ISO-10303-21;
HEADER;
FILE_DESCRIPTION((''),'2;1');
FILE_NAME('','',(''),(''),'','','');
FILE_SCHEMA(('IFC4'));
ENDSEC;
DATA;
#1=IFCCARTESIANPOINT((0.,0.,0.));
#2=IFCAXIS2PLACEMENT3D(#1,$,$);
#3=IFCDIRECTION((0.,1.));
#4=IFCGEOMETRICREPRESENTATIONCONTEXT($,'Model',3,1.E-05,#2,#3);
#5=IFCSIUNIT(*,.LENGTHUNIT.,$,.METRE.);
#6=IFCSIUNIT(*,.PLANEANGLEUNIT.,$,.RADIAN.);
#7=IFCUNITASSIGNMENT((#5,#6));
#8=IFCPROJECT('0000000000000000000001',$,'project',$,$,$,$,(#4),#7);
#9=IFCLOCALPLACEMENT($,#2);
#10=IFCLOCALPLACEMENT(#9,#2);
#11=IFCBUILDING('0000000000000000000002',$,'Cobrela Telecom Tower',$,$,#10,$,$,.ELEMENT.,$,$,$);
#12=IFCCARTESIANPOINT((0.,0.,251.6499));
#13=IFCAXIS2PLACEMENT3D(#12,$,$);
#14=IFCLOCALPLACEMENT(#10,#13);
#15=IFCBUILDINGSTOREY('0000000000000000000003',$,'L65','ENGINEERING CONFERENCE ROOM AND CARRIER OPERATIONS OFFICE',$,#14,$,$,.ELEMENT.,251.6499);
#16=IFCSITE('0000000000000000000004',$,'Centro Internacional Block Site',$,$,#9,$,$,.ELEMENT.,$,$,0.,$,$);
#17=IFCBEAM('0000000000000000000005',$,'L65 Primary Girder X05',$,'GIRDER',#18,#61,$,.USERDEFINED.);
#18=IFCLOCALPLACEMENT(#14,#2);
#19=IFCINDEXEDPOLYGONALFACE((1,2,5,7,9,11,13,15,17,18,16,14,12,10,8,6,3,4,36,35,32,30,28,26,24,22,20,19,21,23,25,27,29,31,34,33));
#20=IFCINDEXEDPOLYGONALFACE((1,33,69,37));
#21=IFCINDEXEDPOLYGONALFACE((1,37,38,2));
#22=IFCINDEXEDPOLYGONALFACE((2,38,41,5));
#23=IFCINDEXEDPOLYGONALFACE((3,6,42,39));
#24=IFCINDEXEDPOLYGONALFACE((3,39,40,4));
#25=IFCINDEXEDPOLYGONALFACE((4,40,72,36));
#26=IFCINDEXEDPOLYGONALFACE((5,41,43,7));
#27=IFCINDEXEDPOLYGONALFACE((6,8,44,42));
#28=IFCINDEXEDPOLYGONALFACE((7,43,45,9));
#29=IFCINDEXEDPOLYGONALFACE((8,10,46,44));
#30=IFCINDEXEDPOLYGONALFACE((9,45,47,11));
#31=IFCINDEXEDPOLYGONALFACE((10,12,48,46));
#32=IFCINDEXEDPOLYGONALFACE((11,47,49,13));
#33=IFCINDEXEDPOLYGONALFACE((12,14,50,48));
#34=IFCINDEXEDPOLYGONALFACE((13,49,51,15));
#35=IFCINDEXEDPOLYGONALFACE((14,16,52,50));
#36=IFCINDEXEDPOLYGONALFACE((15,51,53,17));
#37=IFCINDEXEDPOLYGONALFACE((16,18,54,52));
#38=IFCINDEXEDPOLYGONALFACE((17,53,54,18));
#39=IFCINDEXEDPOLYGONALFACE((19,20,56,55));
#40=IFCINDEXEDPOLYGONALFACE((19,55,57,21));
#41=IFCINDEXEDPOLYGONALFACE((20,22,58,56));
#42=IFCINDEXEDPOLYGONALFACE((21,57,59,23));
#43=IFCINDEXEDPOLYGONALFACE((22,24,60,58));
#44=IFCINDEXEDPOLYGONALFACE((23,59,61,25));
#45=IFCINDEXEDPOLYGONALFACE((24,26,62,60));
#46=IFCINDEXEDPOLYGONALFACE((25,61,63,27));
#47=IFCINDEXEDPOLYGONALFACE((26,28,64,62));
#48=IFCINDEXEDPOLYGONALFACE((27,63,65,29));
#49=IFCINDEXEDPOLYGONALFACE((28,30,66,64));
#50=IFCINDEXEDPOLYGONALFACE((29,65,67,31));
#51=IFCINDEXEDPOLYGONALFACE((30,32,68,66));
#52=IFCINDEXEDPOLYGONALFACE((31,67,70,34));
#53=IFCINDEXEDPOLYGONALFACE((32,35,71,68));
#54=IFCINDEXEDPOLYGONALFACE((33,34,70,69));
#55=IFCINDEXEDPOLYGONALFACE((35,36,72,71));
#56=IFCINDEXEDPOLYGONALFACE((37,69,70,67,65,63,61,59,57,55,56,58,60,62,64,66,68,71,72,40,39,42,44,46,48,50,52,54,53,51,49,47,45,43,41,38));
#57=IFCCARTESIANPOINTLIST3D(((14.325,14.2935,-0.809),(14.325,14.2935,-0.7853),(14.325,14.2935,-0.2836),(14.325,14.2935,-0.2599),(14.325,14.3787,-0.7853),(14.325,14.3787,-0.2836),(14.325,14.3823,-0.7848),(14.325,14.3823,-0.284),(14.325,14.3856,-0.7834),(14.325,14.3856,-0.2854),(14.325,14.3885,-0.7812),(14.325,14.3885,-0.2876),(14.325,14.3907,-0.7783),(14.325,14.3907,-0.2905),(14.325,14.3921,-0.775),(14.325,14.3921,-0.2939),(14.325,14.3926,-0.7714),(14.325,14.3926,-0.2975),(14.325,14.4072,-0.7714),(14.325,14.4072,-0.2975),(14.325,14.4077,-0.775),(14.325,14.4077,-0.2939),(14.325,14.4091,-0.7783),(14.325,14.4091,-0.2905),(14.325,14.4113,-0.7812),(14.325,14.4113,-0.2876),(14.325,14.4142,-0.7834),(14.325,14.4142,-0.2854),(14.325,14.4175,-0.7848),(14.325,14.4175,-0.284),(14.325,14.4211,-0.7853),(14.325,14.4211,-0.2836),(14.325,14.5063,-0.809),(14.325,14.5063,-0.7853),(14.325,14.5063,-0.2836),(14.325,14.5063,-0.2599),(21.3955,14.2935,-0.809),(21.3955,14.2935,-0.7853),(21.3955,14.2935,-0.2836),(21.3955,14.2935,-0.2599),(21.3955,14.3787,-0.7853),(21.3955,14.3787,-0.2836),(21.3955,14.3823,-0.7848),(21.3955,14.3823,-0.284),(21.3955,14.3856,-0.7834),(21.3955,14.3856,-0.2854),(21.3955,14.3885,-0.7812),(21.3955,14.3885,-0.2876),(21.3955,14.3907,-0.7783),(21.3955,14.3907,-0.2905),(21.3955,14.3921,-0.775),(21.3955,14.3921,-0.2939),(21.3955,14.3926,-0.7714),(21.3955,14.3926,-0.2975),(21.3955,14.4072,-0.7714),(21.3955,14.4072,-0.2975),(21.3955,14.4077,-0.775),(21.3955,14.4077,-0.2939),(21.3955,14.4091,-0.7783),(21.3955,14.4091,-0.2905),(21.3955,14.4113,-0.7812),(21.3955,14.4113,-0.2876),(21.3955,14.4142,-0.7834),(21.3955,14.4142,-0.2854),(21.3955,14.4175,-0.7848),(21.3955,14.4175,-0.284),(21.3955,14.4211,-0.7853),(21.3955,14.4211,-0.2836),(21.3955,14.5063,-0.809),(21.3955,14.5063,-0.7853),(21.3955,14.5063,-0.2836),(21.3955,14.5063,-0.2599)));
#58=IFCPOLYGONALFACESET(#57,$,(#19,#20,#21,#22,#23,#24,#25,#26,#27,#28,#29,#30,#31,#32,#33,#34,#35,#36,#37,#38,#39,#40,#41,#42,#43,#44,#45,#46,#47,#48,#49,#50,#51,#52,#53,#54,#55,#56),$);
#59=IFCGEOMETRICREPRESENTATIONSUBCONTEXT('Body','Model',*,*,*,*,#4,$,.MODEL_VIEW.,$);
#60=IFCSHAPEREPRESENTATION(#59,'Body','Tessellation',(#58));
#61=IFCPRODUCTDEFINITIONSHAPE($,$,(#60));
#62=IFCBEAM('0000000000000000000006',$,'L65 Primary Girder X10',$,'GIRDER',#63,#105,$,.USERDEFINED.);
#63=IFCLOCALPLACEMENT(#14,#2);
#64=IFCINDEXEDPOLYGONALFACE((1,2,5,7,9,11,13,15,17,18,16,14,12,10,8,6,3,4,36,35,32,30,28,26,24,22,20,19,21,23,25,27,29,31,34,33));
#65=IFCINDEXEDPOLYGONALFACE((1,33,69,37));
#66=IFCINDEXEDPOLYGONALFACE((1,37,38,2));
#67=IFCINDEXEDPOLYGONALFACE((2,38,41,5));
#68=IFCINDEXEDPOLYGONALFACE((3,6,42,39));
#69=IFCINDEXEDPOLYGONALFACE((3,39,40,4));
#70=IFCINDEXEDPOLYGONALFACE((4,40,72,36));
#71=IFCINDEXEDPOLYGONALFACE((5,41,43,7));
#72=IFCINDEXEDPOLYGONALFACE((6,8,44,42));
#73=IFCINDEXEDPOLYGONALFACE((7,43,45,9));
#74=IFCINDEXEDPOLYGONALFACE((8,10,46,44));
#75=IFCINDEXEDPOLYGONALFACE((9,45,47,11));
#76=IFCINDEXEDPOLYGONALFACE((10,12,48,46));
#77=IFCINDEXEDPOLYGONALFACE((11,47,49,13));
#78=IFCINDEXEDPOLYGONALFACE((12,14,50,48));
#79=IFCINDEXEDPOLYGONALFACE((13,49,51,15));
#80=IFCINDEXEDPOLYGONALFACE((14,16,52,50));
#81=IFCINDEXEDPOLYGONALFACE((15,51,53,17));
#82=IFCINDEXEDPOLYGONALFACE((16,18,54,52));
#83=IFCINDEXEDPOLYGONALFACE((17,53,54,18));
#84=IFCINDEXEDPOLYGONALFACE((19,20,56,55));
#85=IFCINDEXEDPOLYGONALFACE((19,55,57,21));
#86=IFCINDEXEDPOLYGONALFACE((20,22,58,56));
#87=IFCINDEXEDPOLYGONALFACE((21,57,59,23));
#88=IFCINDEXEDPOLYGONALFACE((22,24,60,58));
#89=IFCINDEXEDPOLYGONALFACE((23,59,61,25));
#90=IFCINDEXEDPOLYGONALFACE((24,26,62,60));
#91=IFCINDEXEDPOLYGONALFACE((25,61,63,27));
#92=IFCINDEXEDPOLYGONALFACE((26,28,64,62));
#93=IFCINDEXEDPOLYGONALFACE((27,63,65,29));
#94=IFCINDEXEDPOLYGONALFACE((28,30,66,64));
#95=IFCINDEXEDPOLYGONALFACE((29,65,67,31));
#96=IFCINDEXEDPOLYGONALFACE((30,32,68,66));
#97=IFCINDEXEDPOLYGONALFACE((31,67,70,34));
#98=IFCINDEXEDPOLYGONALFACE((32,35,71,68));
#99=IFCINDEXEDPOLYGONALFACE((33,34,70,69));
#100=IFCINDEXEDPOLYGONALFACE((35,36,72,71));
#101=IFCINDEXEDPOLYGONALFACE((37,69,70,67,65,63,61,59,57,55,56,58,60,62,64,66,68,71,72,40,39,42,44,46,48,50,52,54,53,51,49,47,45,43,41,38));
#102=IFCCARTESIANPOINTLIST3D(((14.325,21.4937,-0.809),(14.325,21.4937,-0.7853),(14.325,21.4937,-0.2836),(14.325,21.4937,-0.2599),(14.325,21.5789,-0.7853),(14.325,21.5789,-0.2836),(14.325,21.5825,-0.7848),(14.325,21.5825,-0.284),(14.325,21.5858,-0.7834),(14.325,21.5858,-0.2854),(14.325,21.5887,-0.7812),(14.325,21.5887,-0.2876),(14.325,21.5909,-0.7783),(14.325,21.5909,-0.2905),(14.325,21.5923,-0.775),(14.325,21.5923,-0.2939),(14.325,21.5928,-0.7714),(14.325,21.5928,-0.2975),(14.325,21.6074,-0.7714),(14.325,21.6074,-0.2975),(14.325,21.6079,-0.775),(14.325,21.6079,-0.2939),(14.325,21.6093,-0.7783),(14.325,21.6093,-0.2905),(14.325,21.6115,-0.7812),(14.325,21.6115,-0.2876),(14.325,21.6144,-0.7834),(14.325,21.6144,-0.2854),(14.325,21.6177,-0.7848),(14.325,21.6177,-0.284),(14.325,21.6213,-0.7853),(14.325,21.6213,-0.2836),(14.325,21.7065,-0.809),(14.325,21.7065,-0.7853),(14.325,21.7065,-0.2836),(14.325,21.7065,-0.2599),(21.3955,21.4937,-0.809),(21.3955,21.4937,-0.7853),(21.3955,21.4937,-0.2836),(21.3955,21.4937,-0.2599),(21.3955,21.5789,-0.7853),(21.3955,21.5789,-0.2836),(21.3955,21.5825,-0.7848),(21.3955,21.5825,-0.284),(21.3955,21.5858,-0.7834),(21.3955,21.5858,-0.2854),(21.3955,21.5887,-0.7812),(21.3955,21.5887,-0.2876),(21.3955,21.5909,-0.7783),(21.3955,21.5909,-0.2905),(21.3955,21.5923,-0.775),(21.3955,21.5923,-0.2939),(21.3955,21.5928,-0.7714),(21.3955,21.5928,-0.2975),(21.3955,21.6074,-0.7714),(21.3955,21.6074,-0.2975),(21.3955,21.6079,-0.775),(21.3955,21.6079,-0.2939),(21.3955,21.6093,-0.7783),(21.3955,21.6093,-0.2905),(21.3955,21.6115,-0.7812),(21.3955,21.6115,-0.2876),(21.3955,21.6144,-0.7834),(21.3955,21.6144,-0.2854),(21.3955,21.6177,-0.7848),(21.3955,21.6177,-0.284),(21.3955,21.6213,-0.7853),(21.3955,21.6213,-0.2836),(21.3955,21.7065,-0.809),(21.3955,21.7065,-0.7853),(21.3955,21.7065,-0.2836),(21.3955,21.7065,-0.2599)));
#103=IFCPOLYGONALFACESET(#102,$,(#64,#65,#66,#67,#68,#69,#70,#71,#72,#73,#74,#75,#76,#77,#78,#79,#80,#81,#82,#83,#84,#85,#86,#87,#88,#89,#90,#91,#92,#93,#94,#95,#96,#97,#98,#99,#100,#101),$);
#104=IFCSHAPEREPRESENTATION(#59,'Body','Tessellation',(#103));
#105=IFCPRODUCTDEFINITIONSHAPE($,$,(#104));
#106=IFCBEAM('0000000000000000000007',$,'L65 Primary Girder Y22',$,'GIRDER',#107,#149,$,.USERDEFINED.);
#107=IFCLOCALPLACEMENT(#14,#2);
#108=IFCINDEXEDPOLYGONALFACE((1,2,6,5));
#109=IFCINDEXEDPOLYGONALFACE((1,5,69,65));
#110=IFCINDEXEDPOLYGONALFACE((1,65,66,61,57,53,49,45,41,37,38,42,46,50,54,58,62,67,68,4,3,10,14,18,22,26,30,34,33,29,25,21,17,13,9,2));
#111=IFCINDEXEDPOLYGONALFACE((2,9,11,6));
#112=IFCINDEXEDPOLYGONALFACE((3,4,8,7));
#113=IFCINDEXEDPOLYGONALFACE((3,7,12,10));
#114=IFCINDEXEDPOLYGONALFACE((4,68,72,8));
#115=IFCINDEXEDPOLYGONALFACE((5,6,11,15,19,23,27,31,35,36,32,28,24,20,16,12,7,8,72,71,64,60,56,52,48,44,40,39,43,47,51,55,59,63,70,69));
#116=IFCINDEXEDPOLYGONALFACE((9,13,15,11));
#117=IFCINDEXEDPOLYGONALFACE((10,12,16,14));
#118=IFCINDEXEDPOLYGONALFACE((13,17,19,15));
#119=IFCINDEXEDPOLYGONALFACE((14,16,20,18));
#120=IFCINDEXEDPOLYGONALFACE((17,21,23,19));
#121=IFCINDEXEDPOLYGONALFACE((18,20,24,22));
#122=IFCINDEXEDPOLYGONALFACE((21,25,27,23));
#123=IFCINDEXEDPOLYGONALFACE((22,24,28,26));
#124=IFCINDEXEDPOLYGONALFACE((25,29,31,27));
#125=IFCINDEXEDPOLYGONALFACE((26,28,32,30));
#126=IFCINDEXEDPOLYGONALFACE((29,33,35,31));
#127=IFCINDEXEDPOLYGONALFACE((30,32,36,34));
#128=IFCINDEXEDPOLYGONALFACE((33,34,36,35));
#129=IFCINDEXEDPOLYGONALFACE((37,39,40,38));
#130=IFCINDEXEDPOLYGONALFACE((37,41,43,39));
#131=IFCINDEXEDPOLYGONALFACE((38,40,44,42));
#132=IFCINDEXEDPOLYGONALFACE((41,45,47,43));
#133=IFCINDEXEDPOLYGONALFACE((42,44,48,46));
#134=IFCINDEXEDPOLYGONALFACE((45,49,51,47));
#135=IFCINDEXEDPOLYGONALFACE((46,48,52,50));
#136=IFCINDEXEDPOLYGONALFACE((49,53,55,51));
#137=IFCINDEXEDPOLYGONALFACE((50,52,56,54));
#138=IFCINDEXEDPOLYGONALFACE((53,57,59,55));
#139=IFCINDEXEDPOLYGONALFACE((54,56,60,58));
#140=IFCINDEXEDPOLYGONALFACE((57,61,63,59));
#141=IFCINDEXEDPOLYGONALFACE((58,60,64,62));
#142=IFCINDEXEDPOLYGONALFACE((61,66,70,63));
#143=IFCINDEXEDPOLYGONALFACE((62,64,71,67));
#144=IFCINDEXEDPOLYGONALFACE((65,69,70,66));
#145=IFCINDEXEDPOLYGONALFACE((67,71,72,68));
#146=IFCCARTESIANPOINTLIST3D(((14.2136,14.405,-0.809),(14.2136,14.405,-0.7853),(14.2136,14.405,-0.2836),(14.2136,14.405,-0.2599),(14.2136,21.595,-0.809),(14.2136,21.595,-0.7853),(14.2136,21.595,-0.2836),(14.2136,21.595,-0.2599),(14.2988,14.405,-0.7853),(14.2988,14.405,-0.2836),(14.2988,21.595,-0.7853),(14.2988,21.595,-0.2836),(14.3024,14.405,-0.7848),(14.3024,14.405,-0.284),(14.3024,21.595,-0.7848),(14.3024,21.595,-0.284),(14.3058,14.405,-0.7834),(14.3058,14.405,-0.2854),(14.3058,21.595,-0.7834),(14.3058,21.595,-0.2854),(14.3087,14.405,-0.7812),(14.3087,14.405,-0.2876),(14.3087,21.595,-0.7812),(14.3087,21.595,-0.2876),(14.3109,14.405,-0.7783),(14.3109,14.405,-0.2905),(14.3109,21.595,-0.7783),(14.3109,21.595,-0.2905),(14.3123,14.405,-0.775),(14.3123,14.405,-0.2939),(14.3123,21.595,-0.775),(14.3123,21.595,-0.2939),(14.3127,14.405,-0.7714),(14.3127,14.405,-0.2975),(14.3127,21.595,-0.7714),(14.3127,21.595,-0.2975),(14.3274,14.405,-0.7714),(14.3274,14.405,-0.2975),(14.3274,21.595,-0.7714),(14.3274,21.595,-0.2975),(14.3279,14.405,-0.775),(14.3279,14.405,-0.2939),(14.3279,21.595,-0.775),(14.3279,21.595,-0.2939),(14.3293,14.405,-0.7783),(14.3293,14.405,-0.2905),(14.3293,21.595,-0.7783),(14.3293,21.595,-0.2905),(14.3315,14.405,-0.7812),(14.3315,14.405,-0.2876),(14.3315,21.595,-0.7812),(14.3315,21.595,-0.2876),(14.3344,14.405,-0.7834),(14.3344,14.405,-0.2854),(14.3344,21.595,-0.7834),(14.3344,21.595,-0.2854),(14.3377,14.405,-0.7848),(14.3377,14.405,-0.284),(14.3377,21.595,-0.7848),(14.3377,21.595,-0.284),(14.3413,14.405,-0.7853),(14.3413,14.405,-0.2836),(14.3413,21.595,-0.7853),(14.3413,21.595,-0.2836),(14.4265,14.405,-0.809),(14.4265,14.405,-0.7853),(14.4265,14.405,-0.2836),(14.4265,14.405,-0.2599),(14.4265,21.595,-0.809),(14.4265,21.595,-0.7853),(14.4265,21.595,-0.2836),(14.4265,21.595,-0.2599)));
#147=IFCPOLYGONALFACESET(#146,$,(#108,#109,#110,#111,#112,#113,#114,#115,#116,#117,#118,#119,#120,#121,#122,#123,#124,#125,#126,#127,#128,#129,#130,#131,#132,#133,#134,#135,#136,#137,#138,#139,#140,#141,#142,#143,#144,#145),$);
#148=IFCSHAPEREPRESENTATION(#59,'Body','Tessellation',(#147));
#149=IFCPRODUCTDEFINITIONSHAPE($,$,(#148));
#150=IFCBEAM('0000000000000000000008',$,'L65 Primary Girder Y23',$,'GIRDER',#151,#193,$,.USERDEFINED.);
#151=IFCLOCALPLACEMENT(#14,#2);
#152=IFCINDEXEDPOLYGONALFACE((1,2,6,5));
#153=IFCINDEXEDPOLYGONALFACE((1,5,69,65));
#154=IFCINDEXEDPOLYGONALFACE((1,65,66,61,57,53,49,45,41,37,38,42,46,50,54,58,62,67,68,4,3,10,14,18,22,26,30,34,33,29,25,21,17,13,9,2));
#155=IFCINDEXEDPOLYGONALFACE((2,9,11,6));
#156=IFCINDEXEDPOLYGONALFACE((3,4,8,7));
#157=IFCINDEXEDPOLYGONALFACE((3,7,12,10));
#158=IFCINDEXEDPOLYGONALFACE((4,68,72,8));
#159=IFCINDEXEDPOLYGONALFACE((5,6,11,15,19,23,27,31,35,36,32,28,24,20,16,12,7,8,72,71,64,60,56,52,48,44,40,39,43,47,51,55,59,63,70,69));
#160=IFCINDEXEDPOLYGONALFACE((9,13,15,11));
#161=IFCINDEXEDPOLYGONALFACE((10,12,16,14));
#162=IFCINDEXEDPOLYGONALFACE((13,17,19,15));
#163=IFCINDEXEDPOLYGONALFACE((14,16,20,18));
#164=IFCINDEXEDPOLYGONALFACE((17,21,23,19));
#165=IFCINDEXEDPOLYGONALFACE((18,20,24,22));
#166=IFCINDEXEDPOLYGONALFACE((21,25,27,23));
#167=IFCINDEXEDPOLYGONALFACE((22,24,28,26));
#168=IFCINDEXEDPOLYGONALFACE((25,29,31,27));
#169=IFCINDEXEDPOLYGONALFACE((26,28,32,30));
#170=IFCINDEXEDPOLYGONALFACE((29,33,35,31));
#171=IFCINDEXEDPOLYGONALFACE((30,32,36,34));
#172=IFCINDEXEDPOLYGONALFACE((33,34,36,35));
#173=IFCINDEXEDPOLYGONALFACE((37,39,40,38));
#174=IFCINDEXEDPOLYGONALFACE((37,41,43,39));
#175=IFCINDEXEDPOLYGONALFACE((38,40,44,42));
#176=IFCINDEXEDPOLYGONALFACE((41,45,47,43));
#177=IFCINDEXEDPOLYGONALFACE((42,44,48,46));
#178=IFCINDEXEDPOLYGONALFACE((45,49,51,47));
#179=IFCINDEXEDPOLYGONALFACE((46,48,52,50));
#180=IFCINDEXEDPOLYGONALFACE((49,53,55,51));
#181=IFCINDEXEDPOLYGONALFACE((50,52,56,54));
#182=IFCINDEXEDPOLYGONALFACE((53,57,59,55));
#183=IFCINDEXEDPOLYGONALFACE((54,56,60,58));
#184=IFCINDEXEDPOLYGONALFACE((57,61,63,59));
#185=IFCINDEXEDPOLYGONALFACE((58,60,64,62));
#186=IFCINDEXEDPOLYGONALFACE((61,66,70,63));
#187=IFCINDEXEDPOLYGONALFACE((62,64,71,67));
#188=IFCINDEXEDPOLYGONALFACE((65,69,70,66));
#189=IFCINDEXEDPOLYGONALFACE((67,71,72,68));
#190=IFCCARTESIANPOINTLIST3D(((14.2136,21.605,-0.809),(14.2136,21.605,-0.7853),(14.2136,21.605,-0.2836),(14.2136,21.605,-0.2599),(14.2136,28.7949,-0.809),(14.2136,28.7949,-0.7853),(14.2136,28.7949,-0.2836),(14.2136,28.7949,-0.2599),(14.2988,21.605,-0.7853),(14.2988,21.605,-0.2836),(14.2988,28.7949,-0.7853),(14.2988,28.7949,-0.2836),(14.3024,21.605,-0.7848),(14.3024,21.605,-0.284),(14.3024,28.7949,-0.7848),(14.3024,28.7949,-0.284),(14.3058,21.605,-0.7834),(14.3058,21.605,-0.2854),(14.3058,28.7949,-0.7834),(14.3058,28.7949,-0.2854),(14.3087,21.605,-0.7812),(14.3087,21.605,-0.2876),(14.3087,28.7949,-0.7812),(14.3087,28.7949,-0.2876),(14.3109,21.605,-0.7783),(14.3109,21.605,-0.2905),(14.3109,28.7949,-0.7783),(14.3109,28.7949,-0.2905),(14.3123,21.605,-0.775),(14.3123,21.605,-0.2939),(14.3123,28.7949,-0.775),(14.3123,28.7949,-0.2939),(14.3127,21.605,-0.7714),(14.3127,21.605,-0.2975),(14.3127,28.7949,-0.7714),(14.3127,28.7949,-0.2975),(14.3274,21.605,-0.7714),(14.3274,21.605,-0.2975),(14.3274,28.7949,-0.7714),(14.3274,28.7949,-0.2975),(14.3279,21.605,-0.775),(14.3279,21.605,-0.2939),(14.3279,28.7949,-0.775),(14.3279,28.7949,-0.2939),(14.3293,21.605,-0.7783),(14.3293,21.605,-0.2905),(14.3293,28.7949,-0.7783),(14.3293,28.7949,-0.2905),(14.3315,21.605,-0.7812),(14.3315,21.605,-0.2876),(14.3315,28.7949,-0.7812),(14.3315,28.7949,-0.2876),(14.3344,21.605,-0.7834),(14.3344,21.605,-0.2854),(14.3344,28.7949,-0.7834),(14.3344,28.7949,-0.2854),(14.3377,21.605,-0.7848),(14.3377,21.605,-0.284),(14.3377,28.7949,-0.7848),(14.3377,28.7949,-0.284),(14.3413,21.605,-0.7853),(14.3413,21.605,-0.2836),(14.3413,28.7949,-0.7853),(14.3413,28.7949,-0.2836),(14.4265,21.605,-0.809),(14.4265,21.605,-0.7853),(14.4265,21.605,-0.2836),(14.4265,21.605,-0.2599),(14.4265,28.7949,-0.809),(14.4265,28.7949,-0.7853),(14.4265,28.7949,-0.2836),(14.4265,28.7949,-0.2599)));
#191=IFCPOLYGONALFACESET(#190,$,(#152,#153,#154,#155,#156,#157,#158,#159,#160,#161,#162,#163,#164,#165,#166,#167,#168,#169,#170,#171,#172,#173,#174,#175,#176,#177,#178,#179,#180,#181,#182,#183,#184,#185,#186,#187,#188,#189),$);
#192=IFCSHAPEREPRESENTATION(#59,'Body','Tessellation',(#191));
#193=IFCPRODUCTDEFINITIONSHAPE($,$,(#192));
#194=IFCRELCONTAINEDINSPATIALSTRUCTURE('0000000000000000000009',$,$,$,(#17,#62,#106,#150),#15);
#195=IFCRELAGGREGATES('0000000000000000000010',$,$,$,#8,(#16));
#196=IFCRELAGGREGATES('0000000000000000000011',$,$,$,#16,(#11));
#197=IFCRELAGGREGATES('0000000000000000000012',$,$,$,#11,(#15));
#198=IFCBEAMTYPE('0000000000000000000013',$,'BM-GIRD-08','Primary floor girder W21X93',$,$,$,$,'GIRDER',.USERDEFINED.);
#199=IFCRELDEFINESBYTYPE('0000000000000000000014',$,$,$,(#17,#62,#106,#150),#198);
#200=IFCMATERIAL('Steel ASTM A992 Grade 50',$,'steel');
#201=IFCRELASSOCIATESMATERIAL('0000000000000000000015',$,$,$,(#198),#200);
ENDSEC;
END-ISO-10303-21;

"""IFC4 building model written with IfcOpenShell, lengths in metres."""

from ifc_helpers import new_model, si_unit, direction, frame, origin, origin_2d, place, context, subcontext, project, spatial, i_section, extrude, material, material_profile, profile_set, type_object, element, save


model = new_model("IFC4")

# Units and contexts
model_context = context("Model", 3, precision=1e-05, world=origin(), true_north=direction((0.0, 1.0)))
body_context = subcontext(model_context, "Body", "Model", "MODEL_VIEW")
ifc_project = project(units=[si_unit("LENGTHUNIT", "METRE"), si_unit("PLANEANGLEUNIT", "RADIAN")], contexts=[model_context])

# Site, building, storey
site_placement = place(None, origin())
site = spatial("IfcSite", under=ifc_project, at=site_placement, Name="Centro Internacional Block Site", CompositionType="ELEMENT", RefElevation=0.0)
building_placement = place(site_placement, origin())
building = spatial("IfcBuilding", under=site, at=building_placement, Name="Cobrela Telecom Tower", CompositionType="ELEMENT")
storey_placement = place(building_placement, frame((0.0, 0.0, 251.6499)))
storey = spatial("IfcBuildingStorey", under=building, at=storey_placement, Name="L65", Description="ENGINEERING CONFERENCE ROOM AND CARRIER OPERATIONS OFFICE", CompositionType="ELEMENT", Elevation=251.6499)

# Beams
ifc_material_1 = material(Name="Steel ASTM A992 Grade 50", Category="steel")
ifc_material_profile_1 = material_profile(ifc_material_1, i_section(OverallWidth=0.2129, OverallDepth=0.5491, WebThickness=0.0146, FlangeThickness=0.0237, FilletRadius=0.0139, at=origin_2d()), Name="W21X93")
ifc_profile_set_1 = profile_set([ifc_material_profile_1], Name="Steel ASTM A992 Grade 50")
beam_type_1 = type_object("IfcBeamType", Name="BM-GIRD-08", Description="Primary floor girder W21X93", ElementType="GIRDER", PredefinedType="USERDEFINED", material=ifc_profile_set_1)
for number, where, z_axis, x_axis, name in (
    (1, (14.325, 14.3999, -0.5344), (1.0, 0.0, 0.0), (0.0, 1.0, 0.0), "L65 Primary Girder X05"),
    (2, (14.325, 21.6001, -0.5344), (1.0, 0.0, 0.0), (0.0, 1.0, 0.0), "L65 Primary Girder X10"),
):
    element("IfcBeam", number, at=place(storey_placement, frame(where, z_axis=z_axis, x_axis=x_axis)), inside=storey, type_object=beam_type_1, Name=name, ObjectType="GIRDER", PredefinedType="USERDEFINED", context=body_context, shape_type="SweptSolid", body=[
        extrude(i_section(OverallWidth=0.2129, OverallDepth=0.5491, WebThickness=0.0146, FlangeThickness=0.0237, FilletRadius=0.0139, at=origin_2d()), origin(), (0.0, 0.0, 1.0), 7.0706),
    ])
for number, where, z_axis, x_axis, name in (
    (3, (14.3201, 14.405, -0.5344), (0.0, 1.0, 0.0), (-1.0, 0.0, 0.0), "L65 Primary Girder Y22"),
    (4, (14.3201, 21.605, -0.5344), (0.0, 1.0, 0.0), (-1.0, 0.0, 0.0), "L65 Primary Girder Y23"),
):
    element("IfcBeam", number, at=place(storey_placement, frame(where, z_axis=z_axis, x_axis=x_axis)), inside=storey, type_object=beam_type_1, Name=name, ObjectType="GIRDER", PredefinedType="USERDEFINED", context=body_context, shape_type="SweptSolid", body=[
        extrude(i_section(OverallWidth=0.2129, OverallDepth=0.5491, WebThickness=0.0146, FlangeThickness=0.0237, FilletRadius=0.0139, at=origin_2d()), origin(), (0.0, 0.0, 1.0), 7.1899),
    ])

save(model, "model.ifc")
